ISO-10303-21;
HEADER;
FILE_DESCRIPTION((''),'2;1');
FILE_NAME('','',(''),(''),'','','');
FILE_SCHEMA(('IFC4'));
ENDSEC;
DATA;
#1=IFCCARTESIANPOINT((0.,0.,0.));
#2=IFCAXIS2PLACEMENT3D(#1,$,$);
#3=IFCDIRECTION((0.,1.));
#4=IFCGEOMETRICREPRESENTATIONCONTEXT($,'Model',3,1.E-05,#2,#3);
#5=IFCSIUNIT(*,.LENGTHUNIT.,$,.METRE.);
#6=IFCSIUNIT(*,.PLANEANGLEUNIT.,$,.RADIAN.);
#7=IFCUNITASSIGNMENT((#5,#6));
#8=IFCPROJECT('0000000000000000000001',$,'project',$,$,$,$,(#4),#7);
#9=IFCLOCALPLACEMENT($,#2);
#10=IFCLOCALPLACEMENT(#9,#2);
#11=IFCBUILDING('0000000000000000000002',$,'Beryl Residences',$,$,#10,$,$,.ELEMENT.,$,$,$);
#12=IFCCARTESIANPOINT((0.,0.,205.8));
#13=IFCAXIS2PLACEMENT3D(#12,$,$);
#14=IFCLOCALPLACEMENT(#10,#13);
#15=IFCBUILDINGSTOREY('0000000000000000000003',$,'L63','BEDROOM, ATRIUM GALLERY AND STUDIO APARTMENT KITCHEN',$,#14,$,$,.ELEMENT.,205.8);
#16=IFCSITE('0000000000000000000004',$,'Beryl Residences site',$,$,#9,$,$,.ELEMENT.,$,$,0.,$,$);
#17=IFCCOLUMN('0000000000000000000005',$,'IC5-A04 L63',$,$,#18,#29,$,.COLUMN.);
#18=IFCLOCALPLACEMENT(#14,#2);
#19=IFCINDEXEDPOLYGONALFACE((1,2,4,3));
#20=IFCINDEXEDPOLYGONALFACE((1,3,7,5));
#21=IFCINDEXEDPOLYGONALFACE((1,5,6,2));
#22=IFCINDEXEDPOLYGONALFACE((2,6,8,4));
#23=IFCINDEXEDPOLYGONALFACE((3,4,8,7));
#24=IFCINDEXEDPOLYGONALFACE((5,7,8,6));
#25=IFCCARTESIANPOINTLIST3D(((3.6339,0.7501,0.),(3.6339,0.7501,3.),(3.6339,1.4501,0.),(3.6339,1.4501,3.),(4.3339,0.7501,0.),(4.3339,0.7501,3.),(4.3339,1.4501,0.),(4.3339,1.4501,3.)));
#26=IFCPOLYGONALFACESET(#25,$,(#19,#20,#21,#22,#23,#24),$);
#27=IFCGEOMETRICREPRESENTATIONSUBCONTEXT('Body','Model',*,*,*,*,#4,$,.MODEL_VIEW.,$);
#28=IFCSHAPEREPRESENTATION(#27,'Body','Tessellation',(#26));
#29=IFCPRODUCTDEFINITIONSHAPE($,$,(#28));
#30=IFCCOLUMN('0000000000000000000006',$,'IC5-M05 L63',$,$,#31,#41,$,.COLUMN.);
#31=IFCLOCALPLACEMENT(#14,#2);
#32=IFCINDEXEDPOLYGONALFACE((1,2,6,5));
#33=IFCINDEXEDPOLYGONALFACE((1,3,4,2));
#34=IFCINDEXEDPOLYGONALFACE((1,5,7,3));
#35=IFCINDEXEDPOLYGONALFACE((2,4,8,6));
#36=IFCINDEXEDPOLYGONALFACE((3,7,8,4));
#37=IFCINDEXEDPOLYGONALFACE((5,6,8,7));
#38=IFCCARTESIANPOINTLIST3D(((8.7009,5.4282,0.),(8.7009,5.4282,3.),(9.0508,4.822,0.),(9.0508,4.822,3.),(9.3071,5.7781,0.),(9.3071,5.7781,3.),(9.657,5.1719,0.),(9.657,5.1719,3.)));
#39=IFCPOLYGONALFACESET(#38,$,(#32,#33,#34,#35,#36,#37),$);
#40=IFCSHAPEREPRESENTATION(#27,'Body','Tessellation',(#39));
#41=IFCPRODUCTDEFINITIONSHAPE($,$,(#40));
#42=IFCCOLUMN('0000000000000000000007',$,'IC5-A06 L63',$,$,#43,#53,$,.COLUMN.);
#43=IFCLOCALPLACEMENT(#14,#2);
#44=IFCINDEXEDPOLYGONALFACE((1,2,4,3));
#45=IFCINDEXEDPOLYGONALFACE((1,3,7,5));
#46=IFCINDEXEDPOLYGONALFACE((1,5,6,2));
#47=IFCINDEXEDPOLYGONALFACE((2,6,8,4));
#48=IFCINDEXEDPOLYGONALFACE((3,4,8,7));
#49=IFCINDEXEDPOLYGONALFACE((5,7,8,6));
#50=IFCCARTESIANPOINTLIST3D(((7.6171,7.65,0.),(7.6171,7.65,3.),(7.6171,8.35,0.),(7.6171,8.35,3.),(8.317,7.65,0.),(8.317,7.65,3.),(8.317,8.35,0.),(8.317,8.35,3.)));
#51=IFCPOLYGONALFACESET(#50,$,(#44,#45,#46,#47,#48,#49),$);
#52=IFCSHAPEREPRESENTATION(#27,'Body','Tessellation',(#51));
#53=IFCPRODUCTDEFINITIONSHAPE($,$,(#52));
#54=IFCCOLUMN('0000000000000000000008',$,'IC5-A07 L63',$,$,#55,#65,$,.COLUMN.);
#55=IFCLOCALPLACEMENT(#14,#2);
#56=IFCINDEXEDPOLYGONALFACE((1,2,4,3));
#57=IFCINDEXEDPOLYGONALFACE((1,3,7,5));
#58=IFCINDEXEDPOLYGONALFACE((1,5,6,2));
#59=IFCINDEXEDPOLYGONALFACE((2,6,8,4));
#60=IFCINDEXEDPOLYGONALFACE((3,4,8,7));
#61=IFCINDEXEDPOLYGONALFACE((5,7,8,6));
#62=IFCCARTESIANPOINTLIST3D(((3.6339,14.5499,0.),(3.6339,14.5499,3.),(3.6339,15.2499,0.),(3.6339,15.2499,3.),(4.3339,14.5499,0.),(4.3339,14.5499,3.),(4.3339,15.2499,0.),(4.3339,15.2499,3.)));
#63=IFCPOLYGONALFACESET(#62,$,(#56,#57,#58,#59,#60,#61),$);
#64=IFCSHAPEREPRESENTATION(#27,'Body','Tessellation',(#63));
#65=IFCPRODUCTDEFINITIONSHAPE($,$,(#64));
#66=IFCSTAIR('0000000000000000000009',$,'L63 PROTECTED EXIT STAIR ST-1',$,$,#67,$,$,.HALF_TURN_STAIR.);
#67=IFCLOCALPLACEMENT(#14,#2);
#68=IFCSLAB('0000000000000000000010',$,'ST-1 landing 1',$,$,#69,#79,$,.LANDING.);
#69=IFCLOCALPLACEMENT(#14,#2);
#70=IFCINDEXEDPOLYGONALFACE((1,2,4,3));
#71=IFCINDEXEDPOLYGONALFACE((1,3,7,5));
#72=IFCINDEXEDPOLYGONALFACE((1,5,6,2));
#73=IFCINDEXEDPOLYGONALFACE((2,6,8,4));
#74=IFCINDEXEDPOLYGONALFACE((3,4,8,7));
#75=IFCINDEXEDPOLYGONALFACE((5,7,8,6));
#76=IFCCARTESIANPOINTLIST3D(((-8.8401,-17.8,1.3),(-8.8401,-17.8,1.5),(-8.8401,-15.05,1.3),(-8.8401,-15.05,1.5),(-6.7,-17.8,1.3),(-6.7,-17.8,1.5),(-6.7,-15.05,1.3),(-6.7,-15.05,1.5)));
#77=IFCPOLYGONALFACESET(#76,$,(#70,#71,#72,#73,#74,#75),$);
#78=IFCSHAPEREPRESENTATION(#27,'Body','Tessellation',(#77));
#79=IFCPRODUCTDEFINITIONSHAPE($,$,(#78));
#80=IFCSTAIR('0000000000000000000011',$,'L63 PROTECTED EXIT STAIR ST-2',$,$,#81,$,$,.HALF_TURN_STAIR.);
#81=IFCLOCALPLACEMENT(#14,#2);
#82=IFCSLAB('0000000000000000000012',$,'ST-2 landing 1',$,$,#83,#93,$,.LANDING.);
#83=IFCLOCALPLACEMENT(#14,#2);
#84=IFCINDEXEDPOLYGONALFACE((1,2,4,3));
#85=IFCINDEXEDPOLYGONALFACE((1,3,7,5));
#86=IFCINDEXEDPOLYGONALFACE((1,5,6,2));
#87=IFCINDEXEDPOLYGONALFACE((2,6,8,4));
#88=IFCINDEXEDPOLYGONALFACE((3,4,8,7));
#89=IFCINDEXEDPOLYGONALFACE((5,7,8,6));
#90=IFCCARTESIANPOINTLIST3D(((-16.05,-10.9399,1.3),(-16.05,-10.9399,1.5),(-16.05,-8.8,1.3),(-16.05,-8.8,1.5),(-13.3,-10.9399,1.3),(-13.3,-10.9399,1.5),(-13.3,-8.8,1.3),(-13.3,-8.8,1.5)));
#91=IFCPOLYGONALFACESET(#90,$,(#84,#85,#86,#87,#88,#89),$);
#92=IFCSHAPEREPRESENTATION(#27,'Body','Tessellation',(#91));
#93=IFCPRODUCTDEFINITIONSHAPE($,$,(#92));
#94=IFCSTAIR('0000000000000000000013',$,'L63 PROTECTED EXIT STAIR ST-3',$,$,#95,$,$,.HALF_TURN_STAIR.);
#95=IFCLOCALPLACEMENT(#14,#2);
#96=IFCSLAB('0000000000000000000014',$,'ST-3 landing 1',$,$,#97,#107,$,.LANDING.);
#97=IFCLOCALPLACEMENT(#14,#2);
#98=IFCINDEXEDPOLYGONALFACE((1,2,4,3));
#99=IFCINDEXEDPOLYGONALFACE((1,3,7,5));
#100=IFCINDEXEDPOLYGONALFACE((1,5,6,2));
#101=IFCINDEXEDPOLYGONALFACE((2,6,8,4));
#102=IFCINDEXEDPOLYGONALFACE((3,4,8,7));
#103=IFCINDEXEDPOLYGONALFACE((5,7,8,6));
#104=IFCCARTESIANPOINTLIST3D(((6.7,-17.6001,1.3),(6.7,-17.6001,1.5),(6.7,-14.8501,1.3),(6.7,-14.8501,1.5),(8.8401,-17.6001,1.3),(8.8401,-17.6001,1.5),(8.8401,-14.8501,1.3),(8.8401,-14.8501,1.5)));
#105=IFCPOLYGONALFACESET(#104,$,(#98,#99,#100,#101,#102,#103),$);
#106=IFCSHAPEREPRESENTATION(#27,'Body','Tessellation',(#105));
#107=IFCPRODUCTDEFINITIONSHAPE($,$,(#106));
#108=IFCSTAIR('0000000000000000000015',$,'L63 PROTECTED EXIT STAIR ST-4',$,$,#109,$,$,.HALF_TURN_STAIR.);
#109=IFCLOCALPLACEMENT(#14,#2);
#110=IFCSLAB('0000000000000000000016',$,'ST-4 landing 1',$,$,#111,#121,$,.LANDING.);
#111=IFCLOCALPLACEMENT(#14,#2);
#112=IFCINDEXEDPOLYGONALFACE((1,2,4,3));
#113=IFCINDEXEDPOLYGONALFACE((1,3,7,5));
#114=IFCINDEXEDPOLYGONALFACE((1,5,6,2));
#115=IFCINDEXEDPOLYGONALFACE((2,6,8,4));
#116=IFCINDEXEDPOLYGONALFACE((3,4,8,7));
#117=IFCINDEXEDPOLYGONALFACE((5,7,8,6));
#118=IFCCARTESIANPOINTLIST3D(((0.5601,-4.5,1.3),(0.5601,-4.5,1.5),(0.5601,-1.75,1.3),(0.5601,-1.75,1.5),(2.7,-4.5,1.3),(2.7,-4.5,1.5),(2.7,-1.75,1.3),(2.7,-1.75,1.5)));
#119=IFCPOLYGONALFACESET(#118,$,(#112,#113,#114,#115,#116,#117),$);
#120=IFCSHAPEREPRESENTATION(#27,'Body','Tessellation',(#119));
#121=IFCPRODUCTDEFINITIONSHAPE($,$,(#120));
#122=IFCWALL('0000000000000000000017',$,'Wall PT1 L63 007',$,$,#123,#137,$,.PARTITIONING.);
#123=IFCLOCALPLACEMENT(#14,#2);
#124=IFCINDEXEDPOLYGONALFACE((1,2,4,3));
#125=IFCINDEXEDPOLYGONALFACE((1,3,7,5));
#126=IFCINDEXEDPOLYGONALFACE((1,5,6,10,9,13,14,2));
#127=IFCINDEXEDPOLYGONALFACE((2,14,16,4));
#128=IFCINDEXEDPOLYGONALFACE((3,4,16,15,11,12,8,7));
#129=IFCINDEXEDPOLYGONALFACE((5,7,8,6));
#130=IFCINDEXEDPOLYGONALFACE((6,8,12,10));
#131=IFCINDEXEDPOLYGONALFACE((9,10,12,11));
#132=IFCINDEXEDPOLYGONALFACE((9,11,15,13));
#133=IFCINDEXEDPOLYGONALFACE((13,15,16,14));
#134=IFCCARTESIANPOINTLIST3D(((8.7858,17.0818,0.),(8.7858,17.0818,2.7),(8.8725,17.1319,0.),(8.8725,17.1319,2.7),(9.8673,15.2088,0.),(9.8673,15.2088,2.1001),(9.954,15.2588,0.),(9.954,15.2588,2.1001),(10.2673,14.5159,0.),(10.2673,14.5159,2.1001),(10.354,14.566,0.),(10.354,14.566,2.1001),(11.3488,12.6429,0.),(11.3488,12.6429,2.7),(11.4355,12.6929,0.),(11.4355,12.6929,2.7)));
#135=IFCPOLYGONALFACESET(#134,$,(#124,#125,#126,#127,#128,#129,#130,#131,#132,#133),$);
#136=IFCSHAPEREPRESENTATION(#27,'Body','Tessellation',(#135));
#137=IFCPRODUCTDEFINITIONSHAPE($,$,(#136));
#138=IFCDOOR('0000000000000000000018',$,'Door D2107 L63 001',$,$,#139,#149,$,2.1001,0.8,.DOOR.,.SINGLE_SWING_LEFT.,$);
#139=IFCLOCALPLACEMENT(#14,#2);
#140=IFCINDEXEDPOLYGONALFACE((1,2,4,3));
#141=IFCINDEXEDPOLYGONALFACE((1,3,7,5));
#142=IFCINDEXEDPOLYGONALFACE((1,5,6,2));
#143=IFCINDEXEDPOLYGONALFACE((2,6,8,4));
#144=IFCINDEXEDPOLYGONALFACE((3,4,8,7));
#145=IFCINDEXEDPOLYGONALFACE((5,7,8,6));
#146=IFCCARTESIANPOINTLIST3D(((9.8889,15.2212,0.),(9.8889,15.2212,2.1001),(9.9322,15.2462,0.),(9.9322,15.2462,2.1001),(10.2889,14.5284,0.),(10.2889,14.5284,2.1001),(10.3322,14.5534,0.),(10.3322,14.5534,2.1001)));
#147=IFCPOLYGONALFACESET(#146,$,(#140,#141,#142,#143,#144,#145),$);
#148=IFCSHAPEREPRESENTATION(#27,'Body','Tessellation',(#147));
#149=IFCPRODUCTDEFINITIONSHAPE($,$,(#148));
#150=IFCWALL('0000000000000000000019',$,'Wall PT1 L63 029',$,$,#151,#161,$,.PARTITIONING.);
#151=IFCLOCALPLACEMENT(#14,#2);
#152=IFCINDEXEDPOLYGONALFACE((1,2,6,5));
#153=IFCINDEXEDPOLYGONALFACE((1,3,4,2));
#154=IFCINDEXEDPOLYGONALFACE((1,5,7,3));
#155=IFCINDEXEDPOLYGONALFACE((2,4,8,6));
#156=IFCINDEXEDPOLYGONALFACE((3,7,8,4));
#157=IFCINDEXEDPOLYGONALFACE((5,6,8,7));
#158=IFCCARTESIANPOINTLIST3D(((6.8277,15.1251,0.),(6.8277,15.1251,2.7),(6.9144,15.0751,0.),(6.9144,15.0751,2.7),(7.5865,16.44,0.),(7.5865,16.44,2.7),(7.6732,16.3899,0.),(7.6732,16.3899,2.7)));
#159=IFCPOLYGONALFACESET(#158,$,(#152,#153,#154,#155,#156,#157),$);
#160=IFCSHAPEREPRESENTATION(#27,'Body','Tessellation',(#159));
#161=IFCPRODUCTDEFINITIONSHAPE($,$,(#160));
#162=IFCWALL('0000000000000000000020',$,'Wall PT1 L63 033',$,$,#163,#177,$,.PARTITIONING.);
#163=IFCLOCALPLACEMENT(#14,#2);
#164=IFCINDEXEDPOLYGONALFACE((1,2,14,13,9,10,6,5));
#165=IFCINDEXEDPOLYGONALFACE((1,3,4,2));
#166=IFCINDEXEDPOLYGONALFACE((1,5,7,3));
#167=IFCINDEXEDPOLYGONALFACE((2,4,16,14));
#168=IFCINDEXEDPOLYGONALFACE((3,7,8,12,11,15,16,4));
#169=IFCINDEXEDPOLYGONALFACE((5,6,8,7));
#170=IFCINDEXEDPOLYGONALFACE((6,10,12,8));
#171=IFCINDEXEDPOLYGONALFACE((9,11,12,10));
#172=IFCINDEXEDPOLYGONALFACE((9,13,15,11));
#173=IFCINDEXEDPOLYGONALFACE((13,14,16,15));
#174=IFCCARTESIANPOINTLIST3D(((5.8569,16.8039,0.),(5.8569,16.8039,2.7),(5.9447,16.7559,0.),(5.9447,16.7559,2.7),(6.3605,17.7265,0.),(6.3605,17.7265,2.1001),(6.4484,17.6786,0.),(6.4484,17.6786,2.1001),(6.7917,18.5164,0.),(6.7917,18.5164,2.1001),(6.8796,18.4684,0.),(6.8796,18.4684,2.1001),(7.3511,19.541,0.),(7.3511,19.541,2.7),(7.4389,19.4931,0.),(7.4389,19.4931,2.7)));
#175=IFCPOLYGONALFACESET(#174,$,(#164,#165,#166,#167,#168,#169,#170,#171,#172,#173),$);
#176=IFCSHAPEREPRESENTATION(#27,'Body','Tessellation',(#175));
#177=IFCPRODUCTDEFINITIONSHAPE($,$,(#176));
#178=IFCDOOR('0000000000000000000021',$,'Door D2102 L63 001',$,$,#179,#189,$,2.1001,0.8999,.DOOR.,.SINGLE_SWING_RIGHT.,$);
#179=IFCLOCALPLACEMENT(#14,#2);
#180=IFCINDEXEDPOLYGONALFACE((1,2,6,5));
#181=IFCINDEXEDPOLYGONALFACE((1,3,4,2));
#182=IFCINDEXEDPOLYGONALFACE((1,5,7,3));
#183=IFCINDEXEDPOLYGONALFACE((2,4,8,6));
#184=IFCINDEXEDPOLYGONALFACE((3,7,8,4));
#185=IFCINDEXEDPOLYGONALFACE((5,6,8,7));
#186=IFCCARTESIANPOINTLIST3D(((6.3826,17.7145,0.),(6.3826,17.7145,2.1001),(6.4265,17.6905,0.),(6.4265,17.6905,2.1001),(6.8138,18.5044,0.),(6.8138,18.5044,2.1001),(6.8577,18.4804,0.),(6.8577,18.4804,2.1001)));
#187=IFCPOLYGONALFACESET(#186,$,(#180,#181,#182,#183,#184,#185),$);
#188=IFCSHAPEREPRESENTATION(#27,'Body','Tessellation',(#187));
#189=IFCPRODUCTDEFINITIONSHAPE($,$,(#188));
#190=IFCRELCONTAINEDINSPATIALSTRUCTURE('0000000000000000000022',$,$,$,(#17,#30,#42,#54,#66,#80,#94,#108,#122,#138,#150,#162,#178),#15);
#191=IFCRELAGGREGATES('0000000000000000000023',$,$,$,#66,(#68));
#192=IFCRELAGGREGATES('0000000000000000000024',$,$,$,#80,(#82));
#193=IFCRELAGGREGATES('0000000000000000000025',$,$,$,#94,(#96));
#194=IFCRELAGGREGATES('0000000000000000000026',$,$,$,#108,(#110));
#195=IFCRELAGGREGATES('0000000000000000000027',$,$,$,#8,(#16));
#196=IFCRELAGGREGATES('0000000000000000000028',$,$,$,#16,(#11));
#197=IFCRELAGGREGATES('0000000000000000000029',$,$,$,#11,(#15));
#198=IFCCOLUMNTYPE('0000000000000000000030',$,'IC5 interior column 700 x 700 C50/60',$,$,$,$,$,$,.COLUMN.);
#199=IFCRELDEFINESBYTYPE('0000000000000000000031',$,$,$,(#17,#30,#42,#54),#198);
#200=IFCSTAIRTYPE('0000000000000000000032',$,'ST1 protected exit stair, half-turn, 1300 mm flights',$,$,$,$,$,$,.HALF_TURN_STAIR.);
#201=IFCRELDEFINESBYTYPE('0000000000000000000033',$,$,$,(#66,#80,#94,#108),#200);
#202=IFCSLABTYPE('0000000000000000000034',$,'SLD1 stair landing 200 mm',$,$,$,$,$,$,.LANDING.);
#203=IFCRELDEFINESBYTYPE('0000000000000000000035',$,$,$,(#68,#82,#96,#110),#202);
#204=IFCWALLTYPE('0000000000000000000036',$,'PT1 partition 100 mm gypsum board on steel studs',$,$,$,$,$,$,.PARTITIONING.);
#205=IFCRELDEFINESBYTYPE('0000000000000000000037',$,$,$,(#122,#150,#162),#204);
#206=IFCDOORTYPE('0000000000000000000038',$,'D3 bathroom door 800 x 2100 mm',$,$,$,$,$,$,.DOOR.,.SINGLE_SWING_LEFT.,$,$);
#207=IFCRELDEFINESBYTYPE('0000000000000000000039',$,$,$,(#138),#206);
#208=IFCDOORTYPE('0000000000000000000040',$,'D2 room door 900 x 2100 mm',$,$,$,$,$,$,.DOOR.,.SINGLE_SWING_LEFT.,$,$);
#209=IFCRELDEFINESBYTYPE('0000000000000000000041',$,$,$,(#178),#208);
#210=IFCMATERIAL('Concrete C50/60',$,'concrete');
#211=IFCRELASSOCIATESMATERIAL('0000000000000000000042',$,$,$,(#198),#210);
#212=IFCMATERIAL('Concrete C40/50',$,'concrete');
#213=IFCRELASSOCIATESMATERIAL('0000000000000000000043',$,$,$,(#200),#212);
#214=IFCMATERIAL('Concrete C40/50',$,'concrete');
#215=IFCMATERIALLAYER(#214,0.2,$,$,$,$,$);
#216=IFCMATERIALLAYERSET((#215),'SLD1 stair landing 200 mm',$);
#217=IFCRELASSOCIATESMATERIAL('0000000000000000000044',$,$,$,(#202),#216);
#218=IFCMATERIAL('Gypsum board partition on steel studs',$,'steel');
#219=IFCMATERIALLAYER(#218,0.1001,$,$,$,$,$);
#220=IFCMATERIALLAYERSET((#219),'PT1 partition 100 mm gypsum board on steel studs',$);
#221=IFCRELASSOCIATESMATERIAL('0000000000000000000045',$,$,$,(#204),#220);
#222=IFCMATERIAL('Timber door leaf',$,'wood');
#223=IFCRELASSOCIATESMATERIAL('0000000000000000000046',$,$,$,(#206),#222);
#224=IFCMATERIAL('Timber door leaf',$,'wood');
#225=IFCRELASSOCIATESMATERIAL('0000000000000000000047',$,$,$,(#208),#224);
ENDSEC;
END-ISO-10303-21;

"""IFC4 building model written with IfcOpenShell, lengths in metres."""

from ifc_helpers import new_model, si_unit, direction, frame, frame_2d, origin, origin_2d, place, context, subcontext, project, spatial, polyline, rectangle, outline, extrude, material, layer, layer_set, material_profile, profile_set, type_object, element, fill, aggregate, save


model = new_model("IFC4")

# Units and contexts
model_context = context("Model", 3, precision=1e-05, world=origin(), true_north=direction((0.0, 1.0)))
body_context = subcontext(model_context, "Body", "Model", "MODEL_VIEW")
ifc_project = project(units=[si_unit("LENGTHUNIT", "METRE"), si_unit("PLANEANGLEUNIT", "RADIAN")], contexts=[model_context])

# Site, building, storey
site_placement = place(None, origin())
site = spatial("IfcSite", under=ifc_project, at=site_placement, Name="Beryl Residences site", CompositionType="ELEMENT", RefElevation=0.0)
building_placement = place(site_placement, origin())
building = spatial("IfcBuilding", under=site, at=building_placement, Name="Beryl Residences", CompositionType="ELEMENT")
storey_placement = place(building_placement, frame((0.0, 0.0, 205.8)))
storey = spatial("IfcBuildingStorey", under=building, at=storey_placement, Name="L63", Description="BEDROOM, ATRIUM GALLERY AND STUDIO APARTMENT KITCHEN", CompositionType="ELEMENT", Elevation=205.8)

# Columns
ifc_material_1 = material(Name="Concrete C50/60", Category="concrete")
ifc_material_profile = material_profile(ifc_material_1, rectangle(XDim=0.7, YDim=0.7, at=origin_2d()))
ifc_profile_set = profile_set([ifc_material_profile], Name="Concrete C50/60")
column_type = type_object("IfcColumnType", Name="IC5 interior column 700 x 700 C50/60", PredefinedType="COLUMN", material=ifc_profile_set)
for number, where, z_axis, x_axis, name in (
    (1, (3.9839, 1.1001, 0.0), (0.0, 0.0, 1.0), (1.0, 0.0, 0.0), "IC5-A04 L63"),
    (2, (9.179, 5.3, 0.0), (0.0, 0.0, 1.0), (-0.49997, 0.866043, 0.0), "IC5-M05 L63"),
    (3, (7.967, 8.0, 0.0), (0.0, 0.0, 1.0), (1.0, 0.0, 0.0), "IC5-A06 L63"),
    (4, (3.9839, 14.8999, 0.0), (0.0, 0.0, 1.0), (1.0, 0.0, 0.0), "IC5-A07 L63"),
):
    element("IfcColumn", number, at=place(storey_placement, frame(where, z_axis=z_axis, x_axis=x_axis)), inside=storey, type_object=column_type, Name=name, PredefinedType="COLUMN", context=body_context, shape_type="SweptSolid", body=[
        extrude(rectangle(XDim=0.7, YDim=0.7, at=origin_2d()), origin(), (0.0, 0.0, 1.0), 3.0),
    ])

# Stairs, slabs
ifc_material_2 = material(Name="Concrete C40/50", Category="concrete")
stair_type = type_object("IfcStairType", Name="ST1 protected exit stair, half-turn, 1300 mm flights", PredefinedType="HALF_TURN_STAIR", material=ifc_material_2)
stair_1_placement = place(storey_placement, origin())
stair_1 = element("IfcStair", 5, at=stair_1_placement, inside=storey, type_object=stair_type, Name="L63 PROTECTED EXIT STAIR ST-1", PredefinedType="HALF_TURN_STAIR")
ifc_material_3 = material(Name="Concrete C40/50", Category="concrete")
ifc_layer_1 = layer(ifc_material_3, 0.2)
ifc_layer_set_1 = layer_set([ifc_layer_1], Name="SLD1 stair landing 200 mm")
slab_type_1 = type_object("IfcSlabType", Name="SLD1 stair landing 200 mm", PredefinedType="LANDING", material=ifc_layer_set_1)
slab_1_placement = place(storey_placement, frame((0.0, 0.0, 1.3)))
slab_1 = element("IfcSlab", 6, at=slab_1_placement, type_object=slab_type_1, Name="ST-1 landing 1", PredefinedType="LANDING", context=body_context, shape_type="SweptSolid", body=[
    extrude(outline(polyline([(-8.8401, -17.8), (-6.7, -17.8), (-6.7, -15.05), (-8.8401, -15.05), (-8.8401, -17.8)])), origin(), (0.0, 0.0, 1.0), 0.2),
])
aggregate(stair_1, [slab_1])
stair_2_placement = place(storey_placement, origin())
stair_2 = element("IfcStair", 7, at=stair_2_placement, inside=storey, type_object=stair_type, Name="L63 PROTECTED EXIT STAIR ST-2", PredefinedType="HALF_TURN_STAIR")
slab_2_placement = place(storey_placement, frame((0.0, 0.0, 1.3)))
slab_2 = element("IfcSlab", 8, at=slab_2_placement, type_object=slab_type_1, Name="ST-2 landing 1", PredefinedType="LANDING", context=body_context, shape_type="SweptSolid", body=[
    extrude(outline(polyline([(-13.3, -10.9399), (-13.3, -8.8), (-16.05, -8.8), (-16.05, -10.9399), (-13.3, -10.9399)])), origin(), (0.0, 0.0, 1.0), 0.2),
])
aggregate(stair_2, [slab_2])
stair_3_placement = place(storey_placement, origin())
stair_3 = element("IfcStair", 9, at=stair_3_placement, inside=storey, type_object=stair_type, Name="L63 PROTECTED EXIT STAIR ST-3", PredefinedType="HALF_TURN_STAIR")
slab_3_placement = place(storey_placement, frame((0.0, 0.0, 1.3)))
slab_3 = element("IfcSlab", 10, at=slab_3_placement, type_object=slab_type_1, Name="ST-3 landing 1", PredefinedType="LANDING", context=body_context, shape_type="SweptSolid", body=[
    extrude(outline(polyline([(8.8401, -14.8501), (6.7, -14.8501), (6.7, -17.6001), (8.8401, -17.6001), (8.8401, -14.8501)])), origin(), (0.0, 0.0, 1.0), 0.2),
])
aggregate(stair_3, [slab_3])
stair_4_placement = place(storey_placement, origin())
stair_4 = element("IfcStair", 11, at=stair_4_placement, inside=storey, type_object=stair_type, Name="L63 PROTECTED EXIT STAIR ST-4", PredefinedType="HALF_TURN_STAIR")
slab_4_placement = place(storey_placement, frame((0.0, 0.0, 1.3)))
slab_4 = element("IfcSlab", 12, at=slab_4_placement, type_object=slab_type_1, Name="ST-4 landing 1", PredefinedType="LANDING", context=body_context, shape_type="SweptSolid", body=[
    extrude(outline(polyline([(0.5601, -4.5), (2.7, -4.5), (2.7, -1.75), (0.5601, -1.75), (0.5601, -4.5)])), origin(), (0.0, 0.0, 1.0), 0.2),
])
aggregate(stair_4, [slab_4])

# Wall, opening, door
ifc_material_4 = material(Name="Gypsum board partition on steel studs", Category="steel")
ifc_layer_2 = layer(ifc_material_4, 0.1001)
ifc_layer_set_2 = layer_set([ifc_layer_2], Name="PT1 partition 100 mm gypsum board on steel studs")
wall_type_1 = type_object("IfcWallType", Name="PT1 partition 100 mm gypsum board on steel studs", PredefinedType="PARTITIONING", material=ifc_layer_set_2)
wall_1_placement = place(storey_placement, frame((8.8291, 17.1069, 0.0), z_axis=(0.0, 0.0, 1.0), x_axis=(0.500022, -0.866013, 0.0)))
wall_1 = element("IfcWall", 13, at=wall_1_placement, inside=storey, type_object=wall_type_1, Name="Wall PT1 L63 007", PredefinedType="PARTITIONING", context=body_context, shape_type="SweptSolid", body=[
    extrude(rectangle(XDim=5.1257, YDim=0.1001, at=frame_2d((2.563, 0.0))), origin(), (0.0, 0.0, 1.0), 2.7),
])
opening_1_placement = place(wall_1_placement, frame((2.1631, 0.0, 0.0)))
opening_1 = element("IfcOpeningElement", 14, at=opening_1_placement, cuts=wall_1, PredefinedType="OPENING", context=body_context, shape_type="SweptSolid", body=[
    extrude(rectangle(XDim=0.8, YDim=2.1001, at=frame_2d((0.3999, 1.05))), frame((0.0, 0.0601, 0.0), z_axis=(0.0, -1.0, 0.0), x_axis=(1.0, 0.0, 0.0)), (0.0, 0.0, 1.0), 0.1201),
])
ifc_material_5 = material(Name="Timber door leaf", Category="wood")
door_type_1 = type_object("IfcDoorType", Name="D3 bathroom door 800 x 2100 mm", OperationType="SINGLE_SWING_LEFT", PredefinedType="DOOR", material=ifc_material_5)
door_1_placement = place(opening_1_placement, origin())
door_1 = element("IfcDoor", 15, at=door_1_placement, inside=storey, type_object=door_type_1, Name="Door D2107 L63 001", OperationType="SINGLE_SWING_LEFT", OverallHeight=2.1001, OverallWidth=0.8, PredefinedType="DOOR", context=body_context, shape_type="SweptSolid", body=[
    extrude(rectangle(XDim=0.8, YDim=2.1001, at=frame_2d((0.3999, 1.05))), frame((0.0, 0.0249, 0.0), z_axis=(0.0, -1.0, 0.0), x_axis=(1.0, 0.0, 0.0)), (0.0, 0.0, 1.0), 0.05),
])
fill(opening_1, door_1)

# Wall
wall_2_placement = place(storey_placement, frame((6.8711, 15.1001, 0.0), z_axis=(0.0, 0.0, 1.0), x_axis=(0.499806, 0.866137, 0.0)))
element("IfcWall", 16, at=wall_2_placement, inside=storey, type_object=wall_type_1, Name="Wall PT1 L63 029", PredefinedType="PARTITIONING", context=body_context, shape_type="SweptSolid", body=[
    extrude(rectangle(XDim=1.5181, YDim=0.1001, at=frame_2d((0.759, 0.0))), origin(), (0.0, 0.0, 1.0), 2.7),
])

# Wall, opening, door
wall_3_placement = place(storey_placement, frame((5.9009, 16.78, 0.0), z_axis=(0.0, 0.0, 1.0), x_axis=(0.479148, 0.877734, 0.0)))
wall_3 = element("IfcWall", 17, at=wall_3_placement, inside=storey, type_object=wall_type_1, Name="Wall PT1 L63 033", PredefinedType="PARTITIONING", context=body_context, shape_type="SweptSolid", body=[
    extrude(rectangle(XDim=3.1184, YDim=0.1001, at=frame_2d((1.5591, 0.0))), origin(), (0.0, 0.0, 1.0), 2.7),
])
opening_2_placement = place(wall_3_placement, frame((1.051, 0.0, 0.0)))
opening_2 = element("IfcOpeningElement", 18, at=opening_2_placement, cuts=wall_3, PredefinedType="OPENING", context=body_context, shape_type="SweptSolid", body=[
    extrude(rectangle(XDim=0.8999, YDim=2.1001, at=frame_2d((0.45, 1.05))), frame((0.0, 0.0601, 0.0), z_axis=(0.0, -1.0, 0.0), x_axis=(1.0, 0.0, 0.0)), (0.0, 0.0, 1.0), 0.1201),
])
ifc_material_6 = material(Name="Timber door leaf", Category="wood")
door_type_2 = type_object("IfcDoorType", Name="D2 room door 900 x 2100 mm", OperationType="SINGLE_SWING_LEFT", PredefinedType="DOOR", material=ifc_material_6)
door_2_placement = place(opening_2_placement, origin())
door_2 = element("IfcDoor", 19, at=door_2_placement, inside=storey, type_object=door_type_2, Name="Door D2102 L63 001", OperationType="SINGLE_SWING_RIGHT", OverallHeight=2.1001, OverallWidth=0.8999, PredefinedType="DOOR", context=body_context, shape_type="SweptSolid", body=[
    extrude(rectangle(XDim=0.8999, YDim=2.1001, at=frame_2d((0.45, 1.05))), frame((0.0, 0.0249, 0.0), z_axis=(0.0, -1.0, 0.0), x_axis=(1.0, 0.0, 0.0)), (0.0, 0.0, 1.0), 0.05),
])
fill(opening_2, door_2)

save(model, "model.ifc")
